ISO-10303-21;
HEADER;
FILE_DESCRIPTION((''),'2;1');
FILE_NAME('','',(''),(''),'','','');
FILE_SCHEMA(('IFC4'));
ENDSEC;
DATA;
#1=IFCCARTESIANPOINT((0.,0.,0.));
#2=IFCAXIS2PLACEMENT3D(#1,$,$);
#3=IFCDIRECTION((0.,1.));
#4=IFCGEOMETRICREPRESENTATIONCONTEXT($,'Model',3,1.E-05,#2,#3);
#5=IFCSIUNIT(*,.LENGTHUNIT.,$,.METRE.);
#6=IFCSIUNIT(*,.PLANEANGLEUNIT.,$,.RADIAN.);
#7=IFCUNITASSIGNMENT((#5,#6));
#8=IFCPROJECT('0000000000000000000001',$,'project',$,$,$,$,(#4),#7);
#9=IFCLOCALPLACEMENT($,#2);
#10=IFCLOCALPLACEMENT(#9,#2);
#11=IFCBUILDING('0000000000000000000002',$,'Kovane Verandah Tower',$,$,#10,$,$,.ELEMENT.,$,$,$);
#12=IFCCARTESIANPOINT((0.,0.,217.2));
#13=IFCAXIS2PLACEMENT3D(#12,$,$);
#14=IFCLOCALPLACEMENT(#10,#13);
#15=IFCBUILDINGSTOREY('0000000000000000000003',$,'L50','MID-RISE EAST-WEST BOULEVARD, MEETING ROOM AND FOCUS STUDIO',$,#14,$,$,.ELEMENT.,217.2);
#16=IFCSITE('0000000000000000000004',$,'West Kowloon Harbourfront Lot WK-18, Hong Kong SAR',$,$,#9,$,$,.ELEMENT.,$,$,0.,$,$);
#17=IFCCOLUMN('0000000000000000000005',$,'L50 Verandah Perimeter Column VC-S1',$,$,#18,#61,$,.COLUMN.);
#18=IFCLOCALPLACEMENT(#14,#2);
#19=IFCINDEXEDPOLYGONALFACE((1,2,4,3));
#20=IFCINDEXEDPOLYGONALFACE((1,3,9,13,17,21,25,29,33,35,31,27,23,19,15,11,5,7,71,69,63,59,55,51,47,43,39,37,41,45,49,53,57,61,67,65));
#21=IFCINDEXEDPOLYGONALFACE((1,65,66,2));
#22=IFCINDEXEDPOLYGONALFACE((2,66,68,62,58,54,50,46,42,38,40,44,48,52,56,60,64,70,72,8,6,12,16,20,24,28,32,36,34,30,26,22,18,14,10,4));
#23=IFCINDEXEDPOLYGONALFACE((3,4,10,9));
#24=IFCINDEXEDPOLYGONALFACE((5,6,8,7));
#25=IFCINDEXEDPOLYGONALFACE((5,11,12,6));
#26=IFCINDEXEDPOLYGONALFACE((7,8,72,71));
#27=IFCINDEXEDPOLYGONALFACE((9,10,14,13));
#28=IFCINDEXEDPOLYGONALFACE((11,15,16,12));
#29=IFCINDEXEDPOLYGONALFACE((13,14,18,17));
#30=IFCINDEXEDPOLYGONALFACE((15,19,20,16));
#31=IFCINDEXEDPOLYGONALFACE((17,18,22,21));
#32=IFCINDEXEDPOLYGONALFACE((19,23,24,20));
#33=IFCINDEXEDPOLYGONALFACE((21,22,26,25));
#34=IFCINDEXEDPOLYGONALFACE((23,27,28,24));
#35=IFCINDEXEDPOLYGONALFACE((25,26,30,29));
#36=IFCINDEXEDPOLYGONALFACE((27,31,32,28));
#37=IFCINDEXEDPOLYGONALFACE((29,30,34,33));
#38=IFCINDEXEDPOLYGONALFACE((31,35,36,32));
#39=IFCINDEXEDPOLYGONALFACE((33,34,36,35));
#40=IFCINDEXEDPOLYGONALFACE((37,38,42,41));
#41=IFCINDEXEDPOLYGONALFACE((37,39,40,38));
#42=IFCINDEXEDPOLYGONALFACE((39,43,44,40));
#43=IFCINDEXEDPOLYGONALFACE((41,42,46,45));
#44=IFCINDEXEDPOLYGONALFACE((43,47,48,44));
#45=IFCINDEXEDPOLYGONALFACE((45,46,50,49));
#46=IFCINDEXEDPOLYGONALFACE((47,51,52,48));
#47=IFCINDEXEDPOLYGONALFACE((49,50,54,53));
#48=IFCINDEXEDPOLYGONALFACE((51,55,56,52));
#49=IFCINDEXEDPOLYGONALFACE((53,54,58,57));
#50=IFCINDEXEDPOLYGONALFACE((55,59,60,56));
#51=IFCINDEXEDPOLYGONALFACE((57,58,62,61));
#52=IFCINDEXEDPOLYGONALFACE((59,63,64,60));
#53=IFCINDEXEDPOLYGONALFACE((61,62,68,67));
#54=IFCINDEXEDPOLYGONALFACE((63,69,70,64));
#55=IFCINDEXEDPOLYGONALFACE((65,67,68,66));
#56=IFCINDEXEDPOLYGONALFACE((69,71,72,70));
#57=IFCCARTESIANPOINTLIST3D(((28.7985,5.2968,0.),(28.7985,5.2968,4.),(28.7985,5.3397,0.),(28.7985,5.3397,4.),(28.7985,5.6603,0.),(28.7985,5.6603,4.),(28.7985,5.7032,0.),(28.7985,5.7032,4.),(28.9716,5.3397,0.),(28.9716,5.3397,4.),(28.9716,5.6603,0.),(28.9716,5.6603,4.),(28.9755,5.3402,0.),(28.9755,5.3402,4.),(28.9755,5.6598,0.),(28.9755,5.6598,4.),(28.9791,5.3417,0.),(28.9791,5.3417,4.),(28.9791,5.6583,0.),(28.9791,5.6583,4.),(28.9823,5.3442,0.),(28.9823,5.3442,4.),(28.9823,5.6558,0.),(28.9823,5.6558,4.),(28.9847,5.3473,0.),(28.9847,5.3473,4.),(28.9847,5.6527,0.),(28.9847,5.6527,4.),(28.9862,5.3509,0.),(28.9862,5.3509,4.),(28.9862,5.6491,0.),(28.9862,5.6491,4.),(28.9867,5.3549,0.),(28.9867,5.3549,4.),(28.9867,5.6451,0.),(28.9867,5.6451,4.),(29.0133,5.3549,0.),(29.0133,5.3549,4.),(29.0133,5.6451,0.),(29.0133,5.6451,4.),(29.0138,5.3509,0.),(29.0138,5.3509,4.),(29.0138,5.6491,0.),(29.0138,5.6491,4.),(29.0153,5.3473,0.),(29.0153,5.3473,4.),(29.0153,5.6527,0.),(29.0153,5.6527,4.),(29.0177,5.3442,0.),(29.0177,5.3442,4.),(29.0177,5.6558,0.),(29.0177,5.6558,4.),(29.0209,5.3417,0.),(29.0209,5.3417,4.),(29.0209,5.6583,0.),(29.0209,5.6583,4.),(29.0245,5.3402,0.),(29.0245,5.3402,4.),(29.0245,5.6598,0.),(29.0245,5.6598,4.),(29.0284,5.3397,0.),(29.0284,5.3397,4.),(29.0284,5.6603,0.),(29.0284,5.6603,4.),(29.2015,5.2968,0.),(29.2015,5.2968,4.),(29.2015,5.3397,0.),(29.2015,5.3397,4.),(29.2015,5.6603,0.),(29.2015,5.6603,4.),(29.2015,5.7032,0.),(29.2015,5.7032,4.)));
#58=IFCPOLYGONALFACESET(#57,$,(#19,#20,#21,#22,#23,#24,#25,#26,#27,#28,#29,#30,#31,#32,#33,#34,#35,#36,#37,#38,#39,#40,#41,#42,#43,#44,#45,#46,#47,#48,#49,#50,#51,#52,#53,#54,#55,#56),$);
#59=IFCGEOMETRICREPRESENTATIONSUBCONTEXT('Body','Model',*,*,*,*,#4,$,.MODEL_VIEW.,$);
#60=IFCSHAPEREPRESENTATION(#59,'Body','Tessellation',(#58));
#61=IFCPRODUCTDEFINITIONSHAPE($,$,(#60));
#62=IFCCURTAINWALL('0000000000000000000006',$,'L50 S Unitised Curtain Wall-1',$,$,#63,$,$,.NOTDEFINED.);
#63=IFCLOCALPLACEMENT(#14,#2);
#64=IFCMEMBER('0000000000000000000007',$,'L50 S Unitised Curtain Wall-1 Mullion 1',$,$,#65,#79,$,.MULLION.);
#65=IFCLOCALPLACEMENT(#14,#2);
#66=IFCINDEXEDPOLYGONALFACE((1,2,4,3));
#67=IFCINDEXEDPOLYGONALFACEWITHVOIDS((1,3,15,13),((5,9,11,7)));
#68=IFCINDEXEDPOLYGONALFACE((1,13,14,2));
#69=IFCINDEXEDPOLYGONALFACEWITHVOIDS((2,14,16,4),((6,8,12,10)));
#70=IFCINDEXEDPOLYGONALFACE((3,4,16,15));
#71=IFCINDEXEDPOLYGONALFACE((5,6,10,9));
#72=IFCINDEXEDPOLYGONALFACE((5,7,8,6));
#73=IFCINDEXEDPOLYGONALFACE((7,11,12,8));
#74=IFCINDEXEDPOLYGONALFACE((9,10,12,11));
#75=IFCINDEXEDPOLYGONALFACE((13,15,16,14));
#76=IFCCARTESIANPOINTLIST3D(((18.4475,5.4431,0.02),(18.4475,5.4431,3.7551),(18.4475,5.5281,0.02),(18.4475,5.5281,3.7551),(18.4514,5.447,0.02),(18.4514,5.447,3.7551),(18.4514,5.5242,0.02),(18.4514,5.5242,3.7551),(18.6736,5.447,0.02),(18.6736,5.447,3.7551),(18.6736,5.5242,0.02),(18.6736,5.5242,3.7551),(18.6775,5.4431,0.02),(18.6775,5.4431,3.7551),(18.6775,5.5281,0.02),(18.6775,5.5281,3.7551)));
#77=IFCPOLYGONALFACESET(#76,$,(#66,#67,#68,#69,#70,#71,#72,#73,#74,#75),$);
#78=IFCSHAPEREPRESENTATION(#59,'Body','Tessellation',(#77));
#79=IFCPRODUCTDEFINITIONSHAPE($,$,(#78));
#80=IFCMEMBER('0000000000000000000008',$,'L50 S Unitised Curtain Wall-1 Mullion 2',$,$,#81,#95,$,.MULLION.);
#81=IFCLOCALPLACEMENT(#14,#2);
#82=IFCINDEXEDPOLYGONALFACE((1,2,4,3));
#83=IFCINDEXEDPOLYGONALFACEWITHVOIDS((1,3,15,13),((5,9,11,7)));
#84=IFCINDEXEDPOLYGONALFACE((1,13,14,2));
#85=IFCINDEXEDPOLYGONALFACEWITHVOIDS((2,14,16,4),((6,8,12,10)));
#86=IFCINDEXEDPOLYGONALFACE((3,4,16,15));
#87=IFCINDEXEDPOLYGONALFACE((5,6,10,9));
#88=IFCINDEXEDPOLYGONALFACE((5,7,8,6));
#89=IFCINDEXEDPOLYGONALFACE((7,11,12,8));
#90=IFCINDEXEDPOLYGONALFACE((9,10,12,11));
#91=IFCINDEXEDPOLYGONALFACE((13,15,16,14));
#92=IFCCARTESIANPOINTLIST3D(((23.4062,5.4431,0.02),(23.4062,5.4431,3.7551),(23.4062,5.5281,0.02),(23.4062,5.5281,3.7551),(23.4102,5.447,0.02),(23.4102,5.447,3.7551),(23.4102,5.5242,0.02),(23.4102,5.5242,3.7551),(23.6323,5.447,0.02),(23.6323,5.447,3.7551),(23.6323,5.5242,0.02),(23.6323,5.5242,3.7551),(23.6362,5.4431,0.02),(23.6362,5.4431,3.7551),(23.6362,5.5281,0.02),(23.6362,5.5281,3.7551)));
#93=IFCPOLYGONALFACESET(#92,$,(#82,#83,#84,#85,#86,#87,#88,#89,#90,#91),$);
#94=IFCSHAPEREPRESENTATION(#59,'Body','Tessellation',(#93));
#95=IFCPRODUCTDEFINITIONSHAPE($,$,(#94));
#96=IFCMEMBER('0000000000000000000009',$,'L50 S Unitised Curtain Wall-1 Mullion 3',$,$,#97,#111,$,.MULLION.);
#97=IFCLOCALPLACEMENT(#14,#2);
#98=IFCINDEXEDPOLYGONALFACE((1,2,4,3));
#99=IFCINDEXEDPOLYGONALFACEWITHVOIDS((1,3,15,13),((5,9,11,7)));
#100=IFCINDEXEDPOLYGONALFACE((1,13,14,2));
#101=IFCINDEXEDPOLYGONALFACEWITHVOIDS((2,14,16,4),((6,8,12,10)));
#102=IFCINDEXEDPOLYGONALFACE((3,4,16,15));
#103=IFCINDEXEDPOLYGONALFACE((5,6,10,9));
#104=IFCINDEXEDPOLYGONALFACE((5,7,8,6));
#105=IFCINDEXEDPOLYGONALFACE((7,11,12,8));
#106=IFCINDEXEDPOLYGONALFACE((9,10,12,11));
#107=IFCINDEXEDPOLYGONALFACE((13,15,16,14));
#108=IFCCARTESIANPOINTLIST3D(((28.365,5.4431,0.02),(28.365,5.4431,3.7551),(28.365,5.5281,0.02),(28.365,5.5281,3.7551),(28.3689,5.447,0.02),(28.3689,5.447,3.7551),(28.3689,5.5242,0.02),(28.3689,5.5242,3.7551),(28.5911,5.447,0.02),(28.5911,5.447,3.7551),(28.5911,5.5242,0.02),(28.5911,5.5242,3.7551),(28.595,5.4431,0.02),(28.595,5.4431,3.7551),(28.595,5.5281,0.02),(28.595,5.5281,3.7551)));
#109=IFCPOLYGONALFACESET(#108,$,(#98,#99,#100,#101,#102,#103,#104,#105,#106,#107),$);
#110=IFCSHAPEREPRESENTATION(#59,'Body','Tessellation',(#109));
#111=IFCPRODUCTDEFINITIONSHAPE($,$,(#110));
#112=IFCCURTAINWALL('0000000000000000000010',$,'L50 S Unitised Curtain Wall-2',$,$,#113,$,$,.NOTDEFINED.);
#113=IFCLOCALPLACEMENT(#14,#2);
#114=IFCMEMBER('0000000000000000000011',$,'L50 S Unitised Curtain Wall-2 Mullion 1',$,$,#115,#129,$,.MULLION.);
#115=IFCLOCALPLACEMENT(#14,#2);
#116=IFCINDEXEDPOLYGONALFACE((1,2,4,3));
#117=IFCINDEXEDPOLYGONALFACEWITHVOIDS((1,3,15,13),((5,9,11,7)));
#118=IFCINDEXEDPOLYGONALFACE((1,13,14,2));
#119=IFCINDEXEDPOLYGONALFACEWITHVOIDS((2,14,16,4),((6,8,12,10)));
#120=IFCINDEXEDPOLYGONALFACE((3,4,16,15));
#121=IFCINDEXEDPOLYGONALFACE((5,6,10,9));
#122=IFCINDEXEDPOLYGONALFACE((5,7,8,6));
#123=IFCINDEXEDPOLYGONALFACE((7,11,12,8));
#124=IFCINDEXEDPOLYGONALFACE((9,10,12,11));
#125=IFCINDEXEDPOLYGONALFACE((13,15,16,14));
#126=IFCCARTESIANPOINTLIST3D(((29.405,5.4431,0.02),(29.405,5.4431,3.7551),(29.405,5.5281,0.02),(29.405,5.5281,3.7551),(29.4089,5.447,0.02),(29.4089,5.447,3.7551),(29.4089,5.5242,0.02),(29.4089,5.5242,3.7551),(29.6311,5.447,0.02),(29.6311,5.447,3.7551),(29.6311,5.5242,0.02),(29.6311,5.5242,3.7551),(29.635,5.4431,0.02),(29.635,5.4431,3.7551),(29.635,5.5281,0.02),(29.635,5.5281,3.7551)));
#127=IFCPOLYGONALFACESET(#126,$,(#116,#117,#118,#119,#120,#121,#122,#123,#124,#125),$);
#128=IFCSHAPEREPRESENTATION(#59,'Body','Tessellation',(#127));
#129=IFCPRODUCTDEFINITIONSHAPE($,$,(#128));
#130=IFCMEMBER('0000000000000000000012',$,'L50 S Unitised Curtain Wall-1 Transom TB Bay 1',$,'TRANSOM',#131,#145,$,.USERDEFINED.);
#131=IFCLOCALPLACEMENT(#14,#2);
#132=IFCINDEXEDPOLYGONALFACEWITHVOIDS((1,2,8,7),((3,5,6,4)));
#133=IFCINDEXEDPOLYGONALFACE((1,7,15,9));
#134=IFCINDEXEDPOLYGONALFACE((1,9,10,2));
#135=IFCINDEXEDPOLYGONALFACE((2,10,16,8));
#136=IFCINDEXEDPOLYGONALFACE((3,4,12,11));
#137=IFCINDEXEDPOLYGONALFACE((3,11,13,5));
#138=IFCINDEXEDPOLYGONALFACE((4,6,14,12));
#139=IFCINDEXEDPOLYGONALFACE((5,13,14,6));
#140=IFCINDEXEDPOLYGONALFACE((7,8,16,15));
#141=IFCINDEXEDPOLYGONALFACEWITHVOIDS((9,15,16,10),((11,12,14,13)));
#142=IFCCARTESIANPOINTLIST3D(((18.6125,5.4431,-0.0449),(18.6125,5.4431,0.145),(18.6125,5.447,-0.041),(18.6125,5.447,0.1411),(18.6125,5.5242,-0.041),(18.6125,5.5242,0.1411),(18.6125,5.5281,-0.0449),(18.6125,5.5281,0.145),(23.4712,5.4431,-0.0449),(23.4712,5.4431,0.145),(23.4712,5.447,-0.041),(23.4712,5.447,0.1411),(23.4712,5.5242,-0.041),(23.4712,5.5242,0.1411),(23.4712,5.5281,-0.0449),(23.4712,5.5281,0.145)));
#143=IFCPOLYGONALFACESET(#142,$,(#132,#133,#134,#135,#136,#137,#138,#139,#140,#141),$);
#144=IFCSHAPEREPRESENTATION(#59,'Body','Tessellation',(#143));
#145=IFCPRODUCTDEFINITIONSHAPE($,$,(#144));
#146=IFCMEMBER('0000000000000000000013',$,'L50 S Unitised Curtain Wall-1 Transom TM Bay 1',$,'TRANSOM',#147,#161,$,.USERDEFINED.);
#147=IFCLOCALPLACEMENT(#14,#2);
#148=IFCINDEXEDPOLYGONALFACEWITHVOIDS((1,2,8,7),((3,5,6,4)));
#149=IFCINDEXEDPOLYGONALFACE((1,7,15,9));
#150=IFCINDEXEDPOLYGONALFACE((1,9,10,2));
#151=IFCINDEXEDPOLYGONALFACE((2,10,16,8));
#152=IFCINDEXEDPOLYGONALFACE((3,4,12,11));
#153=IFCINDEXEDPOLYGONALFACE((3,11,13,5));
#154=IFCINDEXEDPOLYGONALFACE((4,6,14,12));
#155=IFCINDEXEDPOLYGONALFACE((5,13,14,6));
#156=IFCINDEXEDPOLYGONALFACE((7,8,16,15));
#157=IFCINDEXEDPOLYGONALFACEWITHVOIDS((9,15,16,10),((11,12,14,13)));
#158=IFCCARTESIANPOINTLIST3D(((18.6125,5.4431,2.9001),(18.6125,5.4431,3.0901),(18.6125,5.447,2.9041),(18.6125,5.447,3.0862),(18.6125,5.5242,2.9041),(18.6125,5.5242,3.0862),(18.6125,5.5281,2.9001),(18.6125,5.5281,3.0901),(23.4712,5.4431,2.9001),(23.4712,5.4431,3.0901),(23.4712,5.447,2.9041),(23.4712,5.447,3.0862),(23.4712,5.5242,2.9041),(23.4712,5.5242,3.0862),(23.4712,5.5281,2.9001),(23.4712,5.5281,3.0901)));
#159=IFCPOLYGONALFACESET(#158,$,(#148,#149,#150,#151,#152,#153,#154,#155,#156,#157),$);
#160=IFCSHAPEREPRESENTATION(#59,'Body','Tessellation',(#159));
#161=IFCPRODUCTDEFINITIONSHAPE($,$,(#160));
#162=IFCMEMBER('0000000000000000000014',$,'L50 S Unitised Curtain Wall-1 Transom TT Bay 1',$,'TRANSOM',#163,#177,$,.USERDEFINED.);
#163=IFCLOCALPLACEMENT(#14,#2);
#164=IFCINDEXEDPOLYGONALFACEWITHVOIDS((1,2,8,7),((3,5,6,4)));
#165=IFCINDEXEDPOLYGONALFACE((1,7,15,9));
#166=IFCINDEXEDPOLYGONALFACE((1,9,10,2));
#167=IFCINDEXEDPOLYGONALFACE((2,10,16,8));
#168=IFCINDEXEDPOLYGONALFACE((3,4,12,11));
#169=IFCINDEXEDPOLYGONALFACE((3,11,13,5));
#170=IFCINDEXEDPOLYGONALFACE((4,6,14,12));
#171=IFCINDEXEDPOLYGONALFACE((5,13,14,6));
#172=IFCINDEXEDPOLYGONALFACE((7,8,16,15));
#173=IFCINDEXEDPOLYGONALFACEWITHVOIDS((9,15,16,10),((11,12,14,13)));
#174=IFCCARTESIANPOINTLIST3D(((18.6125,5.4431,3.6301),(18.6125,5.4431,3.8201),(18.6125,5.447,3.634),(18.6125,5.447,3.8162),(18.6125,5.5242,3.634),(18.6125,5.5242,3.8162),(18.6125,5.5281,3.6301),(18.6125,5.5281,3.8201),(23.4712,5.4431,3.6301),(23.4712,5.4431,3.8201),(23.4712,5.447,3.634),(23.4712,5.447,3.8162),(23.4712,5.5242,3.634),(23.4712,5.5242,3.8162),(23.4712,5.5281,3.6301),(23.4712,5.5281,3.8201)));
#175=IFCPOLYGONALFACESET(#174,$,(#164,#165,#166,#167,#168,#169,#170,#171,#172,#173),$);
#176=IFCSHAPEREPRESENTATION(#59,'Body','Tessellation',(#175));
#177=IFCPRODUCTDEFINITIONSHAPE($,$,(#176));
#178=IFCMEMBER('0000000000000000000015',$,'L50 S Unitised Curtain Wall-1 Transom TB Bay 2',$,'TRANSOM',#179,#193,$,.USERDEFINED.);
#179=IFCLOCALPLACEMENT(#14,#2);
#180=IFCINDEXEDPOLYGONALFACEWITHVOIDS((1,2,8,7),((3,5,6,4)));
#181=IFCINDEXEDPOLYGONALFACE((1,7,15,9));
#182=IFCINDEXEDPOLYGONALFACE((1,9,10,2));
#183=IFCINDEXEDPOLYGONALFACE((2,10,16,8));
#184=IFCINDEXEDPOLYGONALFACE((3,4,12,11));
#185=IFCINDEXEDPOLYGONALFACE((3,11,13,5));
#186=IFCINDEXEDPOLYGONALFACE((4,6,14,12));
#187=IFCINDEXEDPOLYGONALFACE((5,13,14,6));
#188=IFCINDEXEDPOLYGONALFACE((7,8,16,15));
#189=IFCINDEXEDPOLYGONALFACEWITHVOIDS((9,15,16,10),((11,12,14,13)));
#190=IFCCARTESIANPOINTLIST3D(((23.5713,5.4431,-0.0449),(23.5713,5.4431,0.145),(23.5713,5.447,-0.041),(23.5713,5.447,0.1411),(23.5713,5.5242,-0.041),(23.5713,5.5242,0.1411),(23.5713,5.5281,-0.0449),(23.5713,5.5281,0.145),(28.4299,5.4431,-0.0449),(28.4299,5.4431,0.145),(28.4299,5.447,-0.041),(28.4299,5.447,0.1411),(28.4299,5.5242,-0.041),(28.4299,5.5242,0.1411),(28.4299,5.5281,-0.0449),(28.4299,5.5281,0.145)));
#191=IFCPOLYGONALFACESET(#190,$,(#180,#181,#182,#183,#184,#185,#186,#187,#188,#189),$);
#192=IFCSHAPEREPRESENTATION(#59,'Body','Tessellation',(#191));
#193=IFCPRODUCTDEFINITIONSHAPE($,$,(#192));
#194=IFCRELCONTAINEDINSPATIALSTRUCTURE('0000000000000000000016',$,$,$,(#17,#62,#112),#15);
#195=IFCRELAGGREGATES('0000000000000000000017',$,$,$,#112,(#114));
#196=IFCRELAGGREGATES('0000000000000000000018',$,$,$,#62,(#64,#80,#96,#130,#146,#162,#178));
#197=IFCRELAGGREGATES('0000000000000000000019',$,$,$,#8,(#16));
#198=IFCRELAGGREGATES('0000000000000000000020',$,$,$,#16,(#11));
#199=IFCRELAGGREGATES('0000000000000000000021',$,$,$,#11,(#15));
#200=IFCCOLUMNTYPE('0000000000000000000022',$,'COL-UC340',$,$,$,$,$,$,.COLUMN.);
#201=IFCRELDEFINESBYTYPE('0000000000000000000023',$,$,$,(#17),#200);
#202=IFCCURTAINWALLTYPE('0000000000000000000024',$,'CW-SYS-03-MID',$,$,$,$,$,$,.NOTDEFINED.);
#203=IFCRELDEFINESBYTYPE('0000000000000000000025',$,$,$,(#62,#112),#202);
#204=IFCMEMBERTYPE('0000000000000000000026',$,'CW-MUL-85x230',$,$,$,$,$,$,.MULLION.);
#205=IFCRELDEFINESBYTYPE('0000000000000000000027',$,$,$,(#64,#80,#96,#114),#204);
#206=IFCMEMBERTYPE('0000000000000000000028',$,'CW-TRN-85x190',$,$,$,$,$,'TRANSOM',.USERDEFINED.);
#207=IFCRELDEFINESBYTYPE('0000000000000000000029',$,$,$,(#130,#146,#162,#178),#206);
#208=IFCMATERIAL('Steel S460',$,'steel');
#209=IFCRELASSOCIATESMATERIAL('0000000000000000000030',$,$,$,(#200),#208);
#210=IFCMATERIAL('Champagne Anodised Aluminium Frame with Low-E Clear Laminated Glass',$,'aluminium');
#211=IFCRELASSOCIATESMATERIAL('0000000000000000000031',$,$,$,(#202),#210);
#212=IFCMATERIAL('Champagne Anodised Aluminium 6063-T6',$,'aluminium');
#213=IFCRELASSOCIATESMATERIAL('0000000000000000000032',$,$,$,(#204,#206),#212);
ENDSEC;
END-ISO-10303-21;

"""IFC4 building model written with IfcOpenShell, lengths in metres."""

from ifc_helpers import new_model, si_unit, direction, frame, origin, origin_2d, place, context, subcontext, project, spatial, hollow_rectangle, i_section, extrude, material, material_profile, profile_set, type_object, element, aggregate, save


model = new_model("IFC4")

# Units and contexts
model_context = context("Model", 3, precision=1e-05, world=origin(), true_north=direction((0.0, 1.0)))
body_context = subcontext(model_context, "Body", "Model", "MODEL_VIEW")
ifc_project = project(units=[si_unit("LENGTHUNIT", "METRE"), si_unit("PLANEANGLEUNIT", "RADIAN")], contexts=[model_context])

# Site, building, storey
site_placement = place(None, origin())
site = spatial("IfcSite", under=ifc_project, at=site_placement, Name="West Kowloon Harbourfront Lot WK-18, Hong Kong SAR", CompositionType="ELEMENT", RefElevation=0.0)
building_placement = place(site_placement, origin())
building = spatial("IfcBuilding", under=site, at=building_placement, Name="Kovane Verandah Tower", CompositionType="ELEMENT")
storey_placement = place(building_placement, frame((0.0, 0.0, 217.2)))
storey = spatial("IfcBuildingStorey", under=building, at=storey_placement, Name="L50", Description="MID-RISE EAST-WEST BOULEVARD, MEETING ROOM AND FOCUS STUDIO", CompositionType="ELEMENT", Elevation=217.2)

# Column
ifc_material_1 = material(Name="Steel S460", Category="steel")
ifc_material_profile_1 = material_profile(ifc_material_1, i_section(OverallWidth=0.4031, OverallDepth=0.4065, WebThickness=0.0266, FlangeThickness=0.043, FilletRadius=0.0151, at=origin_2d()), Name="UC356x406x340")
ifc_profile_set_1 = profile_set([ifc_material_profile_1], Name="Steel S460")
column_type = type_object("IfcColumnType", Name="COL-UC340", PredefinedType="COLUMN", material=ifc_profile_set_1)
column_placement = place(storey_placement, frame((29.0, 5.5, 0.0), z_axis=(0.0, 0.0, 1.0), x_axis=(1.0, 0.0, 0.0)))
element("IfcColumn", 1, at=column_placement, inside=storey, type_object=column_type, Name="L50 Verandah Perimeter Column VC-S1", PredefinedType="COLUMN", context=body_context, shape_type="SweptSolid", body=[
    extrude(i_section(OverallWidth=0.4031, OverallDepth=0.4065, WebThickness=0.0266, FlangeThickness=0.043, FilletRadius=0.0151, at=origin_2d()), origin(), (0.0, 0.0, 1.0), 4.0),
])

# Curtain wall, members
ifc_material_2 = material(Name="Champagne Anodised Aluminium Frame with Low-E Clear Laminated Glass", Category="aluminium")
curtain_wall_type = type_object("IfcCurtainWallType", Name="CW-SYS-03-MID", PredefinedType="NOTDEFINED", material=ifc_material_2)
curtain_wall_1_placement = place(storey_placement, origin())
curtain_wall_1 = element("IfcCurtainWall", 2, at=curtain_wall_1_placement, inside=storey, type_object=curtain_wall_type, Name="L50 S Unitised Curtain Wall-1", PredefinedType="NOTDEFINED")
ifc_material_3 = material(Name="Champagne Anodised Aluminium 6063-T6", Category="aluminium")
ifc_material_profile_2 = material_profile(ifc_material_3, hollow_rectangle(XDim=0.085, YDim=0.23, WallThickness=0.0039, at=origin_2d()), Name="AL85x230x4")
ifc_profile_set_2 = profile_set([ifc_material_profile_2], Name="Champagne Anodised Aluminium 6063-T6")
member_type_1 = type_object("IfcMemberType", Name="CW-MUL-85x230", PredefinedType="MULLION", material=ifc_profile_set_2)
member_1_placement = place(storey_placement, frame((18.5625, 5.4856, 0.02), z_axis=(0.0, 0.0, 1.0), x_axis=(0.0, -1.0, 0.0)))
member_1 = element("IfcMember", 3, at=member_1_placement, type_object=member_type_1, Name="L50 S Unitised Curtain Wall-1 Mullion 1", PredefinedType="MULLION", context=body_context, shape_type="SweptSolid", body=[
    extrude(hollow_rectangle(XDim=0.085, YDim=0.23, WallThickness=0.0039, at=origin_2d()), origin(), (0.0, 0.0, 1.0), 3.7351),
])
member_2_placement = place(storey_placement, frame((23.5212, 5.4856, 0.02), z_axis=(0.0, 0.0, 1.0), x_axis=(0.0, -1.0, 0.0)))
member_2 = element("IfcMember", 4, at=member_2_placement, type_object=member_type_1, Name="L50 S Unitised Curtain Wall-1 Mullion 2", PredefinedType="MULLION", context=body_context, shape_type="SweptSolid", body=[
    extrude(hollow_rectangle(XDim=0.085, YDim=0.23, WallThickness=0.0039, at=origin_2d()), origin(), (0.0, 0.0, 1.0), 3.7351),
])
member_3_placement = place(storey_placement, frame((28.48, 5.4856, 0.02), z_axis=(0.0, 0.0, 1.0), x_axis=(0.0, -1.0, 0.0)))
member_3 = element("IfcMember", 5, at=member_3_placement, type_object=member_type_1, Name="L50 S Unitised Curtain Wall-1 Mullion 3", PredefinedType="MULLION", context=body_context, shape_type="SweptSolid", body=[
    extrude(hollow_rectangle(XDim=0.085, YDim=0.23, WallThickness=0.0039, at=origin_2d()), origin(), (0.0, 0.0, 1.0), 3.7351),
])

# Curtain wall, member
curtain_wall_2_placement = place(storey_placement, origin())
curtain_wall_2 = element("IfcCurtainWall", 6, at=curtain_wall_2_placement, inside=storey, type_object=curtain_wall_type, Name="L50 S Unitised Curtain Wall-2", PredefinedType="NOTDEFINED")
member_4_placement = place(storey_placement, frame((29.52, 5.4856, 0.02), z_axis=(0.0, 0.0, 1.0), x_axis=(0.0, -1.0, 0.0)))
member_4 = element("IfcMember", 7, at=member_4_placement, type_object=member_type_1, Name="L50 S Unitised Curtain Wall-2 Mullion 1", PredefinedType="MULLION", context=body_context, shape_type="SweptSolid", body=[
    extrude(hollow_rectangle(XDim=0.085, YDim=0.23, WallThickness=0.0039, at=origin_2d()), origin(), (0.0, 0.0, 1.0), 3.7351),
])

# Members
ifc_material_profile_3 = material_profile(ifc_material_3, hollow_rectangle(XDim=0.085, YDim=0.1899, WallThickness=0.0039, at=origin_2d()), Name="AL85x190x4")
ifc_profile_set_3 = profile_set([ifc_material_profile_3], Name="Champagne Anodised Aluminium 6063-T6")
member_type_2 = type_object("IfcMemberType", Name="CW-TRN-85x190", ElementType="TRANSOM", PredefinedType="USERDEFINED", material=ifc_profile_set_3)
member_5_placement = place(storey_placement, frame((18.6125, 5.4856, 0.05), z_axis=(1.0, 0.0, 0.0), x_axis=(0.0, 1.0, 0.0)))
member_5 = element("IfcMember", 8, at=member_5_placement, type_object=member_type_2, Name="L50 S Unitised Curtain Wall-1 Transom TB Bay 1", ObjectType="TRANSOM", PredefinedType="USERDEFINED", context=body_context, shape_type="SweptSolid", body=[
    extrude(hollow_rectangle(XDim=0.085, YDim=0.1899, WallThickness=0.0039, at=origin_2d()), origin(), (0.0, 0.0, 1.0), 4.8586),
])
member_6_placement = place(storey_placement, frame((18.6125, 5.4856, 2.9951), z_axis=(1.0, 0.0, 0.0), x_axis=(0.0, 1.0, 0.0)))
member_6 = element("IfcMember", 9, at=member_6_placement, type_object=member_type_2, Name="L50 S Unitised Curtain Wall-1 Transom TM Bay 1", ObjectType="TRANSOM", PredefinedType="USERDEFINED", context=body_context, shape_type="SweptSolid", body=[
    extrude(hollow_rectangle(XDim=0.085, YDim=0.1899, WallThickness=0.0039, at=origin_2d()), origin(), (0.0, 0.0, 1.0), 4.8586),
])
member_7_placement = place(storey_placement, frame((18.6125, 5.4856, 3.7251), z_axis=(1.0, 0.0, 0.0), x_axis=(0.0, 1.0, 0.0)))
member_7 = element("IfcMember", 10, at=member_7_placement, type_object=member_type_2, Name="L50 S Unitised Curtain Wall-1 Transom TT Bay 1", ObjectType="TRANSOM", PredefinedType="USERDEFINED", context=body_context, shape_type="SweptSolid", body=[
    extrude(hollow_rectangle(XDim=0.085, YDim=0.1899, WallThickness=0.0039, at=origin_2d()), origin(), (0.0, 0.0, 1.0), 4.8586),
])
member_8_placement = place(storey_placement, frame((23.5713, 5.4856, 0.05), z_axis=(1.0, 0.0, 0.0), x_axis=(0.0, 1.0, 0.0)))
member_8 = element("IfcMember", 11, at=member_8_placement, type_object=member_type_2, Name="L50 S Unitised Curtain Wall-1 Transom TB Bay 2", ObjectType="TRANSOM", PredefinedType="USERDEFINED", context=body_context, shape_type="SweptSolid", body=[
    extrude(hollow_rectangle(XDim=0.085, YDim=0.1899, WallThickness=0.0039, at=origin_2d()), origin(), (0.0, 0.0, 1.0), 4.8586),
])
aggregate(curtain_wall_2, [member_4])

aggregate(curtain_wall_1, [member_1, member_2, member_3, member_5, member_6, member_7, member_8])

save(model, "model.ifc")
